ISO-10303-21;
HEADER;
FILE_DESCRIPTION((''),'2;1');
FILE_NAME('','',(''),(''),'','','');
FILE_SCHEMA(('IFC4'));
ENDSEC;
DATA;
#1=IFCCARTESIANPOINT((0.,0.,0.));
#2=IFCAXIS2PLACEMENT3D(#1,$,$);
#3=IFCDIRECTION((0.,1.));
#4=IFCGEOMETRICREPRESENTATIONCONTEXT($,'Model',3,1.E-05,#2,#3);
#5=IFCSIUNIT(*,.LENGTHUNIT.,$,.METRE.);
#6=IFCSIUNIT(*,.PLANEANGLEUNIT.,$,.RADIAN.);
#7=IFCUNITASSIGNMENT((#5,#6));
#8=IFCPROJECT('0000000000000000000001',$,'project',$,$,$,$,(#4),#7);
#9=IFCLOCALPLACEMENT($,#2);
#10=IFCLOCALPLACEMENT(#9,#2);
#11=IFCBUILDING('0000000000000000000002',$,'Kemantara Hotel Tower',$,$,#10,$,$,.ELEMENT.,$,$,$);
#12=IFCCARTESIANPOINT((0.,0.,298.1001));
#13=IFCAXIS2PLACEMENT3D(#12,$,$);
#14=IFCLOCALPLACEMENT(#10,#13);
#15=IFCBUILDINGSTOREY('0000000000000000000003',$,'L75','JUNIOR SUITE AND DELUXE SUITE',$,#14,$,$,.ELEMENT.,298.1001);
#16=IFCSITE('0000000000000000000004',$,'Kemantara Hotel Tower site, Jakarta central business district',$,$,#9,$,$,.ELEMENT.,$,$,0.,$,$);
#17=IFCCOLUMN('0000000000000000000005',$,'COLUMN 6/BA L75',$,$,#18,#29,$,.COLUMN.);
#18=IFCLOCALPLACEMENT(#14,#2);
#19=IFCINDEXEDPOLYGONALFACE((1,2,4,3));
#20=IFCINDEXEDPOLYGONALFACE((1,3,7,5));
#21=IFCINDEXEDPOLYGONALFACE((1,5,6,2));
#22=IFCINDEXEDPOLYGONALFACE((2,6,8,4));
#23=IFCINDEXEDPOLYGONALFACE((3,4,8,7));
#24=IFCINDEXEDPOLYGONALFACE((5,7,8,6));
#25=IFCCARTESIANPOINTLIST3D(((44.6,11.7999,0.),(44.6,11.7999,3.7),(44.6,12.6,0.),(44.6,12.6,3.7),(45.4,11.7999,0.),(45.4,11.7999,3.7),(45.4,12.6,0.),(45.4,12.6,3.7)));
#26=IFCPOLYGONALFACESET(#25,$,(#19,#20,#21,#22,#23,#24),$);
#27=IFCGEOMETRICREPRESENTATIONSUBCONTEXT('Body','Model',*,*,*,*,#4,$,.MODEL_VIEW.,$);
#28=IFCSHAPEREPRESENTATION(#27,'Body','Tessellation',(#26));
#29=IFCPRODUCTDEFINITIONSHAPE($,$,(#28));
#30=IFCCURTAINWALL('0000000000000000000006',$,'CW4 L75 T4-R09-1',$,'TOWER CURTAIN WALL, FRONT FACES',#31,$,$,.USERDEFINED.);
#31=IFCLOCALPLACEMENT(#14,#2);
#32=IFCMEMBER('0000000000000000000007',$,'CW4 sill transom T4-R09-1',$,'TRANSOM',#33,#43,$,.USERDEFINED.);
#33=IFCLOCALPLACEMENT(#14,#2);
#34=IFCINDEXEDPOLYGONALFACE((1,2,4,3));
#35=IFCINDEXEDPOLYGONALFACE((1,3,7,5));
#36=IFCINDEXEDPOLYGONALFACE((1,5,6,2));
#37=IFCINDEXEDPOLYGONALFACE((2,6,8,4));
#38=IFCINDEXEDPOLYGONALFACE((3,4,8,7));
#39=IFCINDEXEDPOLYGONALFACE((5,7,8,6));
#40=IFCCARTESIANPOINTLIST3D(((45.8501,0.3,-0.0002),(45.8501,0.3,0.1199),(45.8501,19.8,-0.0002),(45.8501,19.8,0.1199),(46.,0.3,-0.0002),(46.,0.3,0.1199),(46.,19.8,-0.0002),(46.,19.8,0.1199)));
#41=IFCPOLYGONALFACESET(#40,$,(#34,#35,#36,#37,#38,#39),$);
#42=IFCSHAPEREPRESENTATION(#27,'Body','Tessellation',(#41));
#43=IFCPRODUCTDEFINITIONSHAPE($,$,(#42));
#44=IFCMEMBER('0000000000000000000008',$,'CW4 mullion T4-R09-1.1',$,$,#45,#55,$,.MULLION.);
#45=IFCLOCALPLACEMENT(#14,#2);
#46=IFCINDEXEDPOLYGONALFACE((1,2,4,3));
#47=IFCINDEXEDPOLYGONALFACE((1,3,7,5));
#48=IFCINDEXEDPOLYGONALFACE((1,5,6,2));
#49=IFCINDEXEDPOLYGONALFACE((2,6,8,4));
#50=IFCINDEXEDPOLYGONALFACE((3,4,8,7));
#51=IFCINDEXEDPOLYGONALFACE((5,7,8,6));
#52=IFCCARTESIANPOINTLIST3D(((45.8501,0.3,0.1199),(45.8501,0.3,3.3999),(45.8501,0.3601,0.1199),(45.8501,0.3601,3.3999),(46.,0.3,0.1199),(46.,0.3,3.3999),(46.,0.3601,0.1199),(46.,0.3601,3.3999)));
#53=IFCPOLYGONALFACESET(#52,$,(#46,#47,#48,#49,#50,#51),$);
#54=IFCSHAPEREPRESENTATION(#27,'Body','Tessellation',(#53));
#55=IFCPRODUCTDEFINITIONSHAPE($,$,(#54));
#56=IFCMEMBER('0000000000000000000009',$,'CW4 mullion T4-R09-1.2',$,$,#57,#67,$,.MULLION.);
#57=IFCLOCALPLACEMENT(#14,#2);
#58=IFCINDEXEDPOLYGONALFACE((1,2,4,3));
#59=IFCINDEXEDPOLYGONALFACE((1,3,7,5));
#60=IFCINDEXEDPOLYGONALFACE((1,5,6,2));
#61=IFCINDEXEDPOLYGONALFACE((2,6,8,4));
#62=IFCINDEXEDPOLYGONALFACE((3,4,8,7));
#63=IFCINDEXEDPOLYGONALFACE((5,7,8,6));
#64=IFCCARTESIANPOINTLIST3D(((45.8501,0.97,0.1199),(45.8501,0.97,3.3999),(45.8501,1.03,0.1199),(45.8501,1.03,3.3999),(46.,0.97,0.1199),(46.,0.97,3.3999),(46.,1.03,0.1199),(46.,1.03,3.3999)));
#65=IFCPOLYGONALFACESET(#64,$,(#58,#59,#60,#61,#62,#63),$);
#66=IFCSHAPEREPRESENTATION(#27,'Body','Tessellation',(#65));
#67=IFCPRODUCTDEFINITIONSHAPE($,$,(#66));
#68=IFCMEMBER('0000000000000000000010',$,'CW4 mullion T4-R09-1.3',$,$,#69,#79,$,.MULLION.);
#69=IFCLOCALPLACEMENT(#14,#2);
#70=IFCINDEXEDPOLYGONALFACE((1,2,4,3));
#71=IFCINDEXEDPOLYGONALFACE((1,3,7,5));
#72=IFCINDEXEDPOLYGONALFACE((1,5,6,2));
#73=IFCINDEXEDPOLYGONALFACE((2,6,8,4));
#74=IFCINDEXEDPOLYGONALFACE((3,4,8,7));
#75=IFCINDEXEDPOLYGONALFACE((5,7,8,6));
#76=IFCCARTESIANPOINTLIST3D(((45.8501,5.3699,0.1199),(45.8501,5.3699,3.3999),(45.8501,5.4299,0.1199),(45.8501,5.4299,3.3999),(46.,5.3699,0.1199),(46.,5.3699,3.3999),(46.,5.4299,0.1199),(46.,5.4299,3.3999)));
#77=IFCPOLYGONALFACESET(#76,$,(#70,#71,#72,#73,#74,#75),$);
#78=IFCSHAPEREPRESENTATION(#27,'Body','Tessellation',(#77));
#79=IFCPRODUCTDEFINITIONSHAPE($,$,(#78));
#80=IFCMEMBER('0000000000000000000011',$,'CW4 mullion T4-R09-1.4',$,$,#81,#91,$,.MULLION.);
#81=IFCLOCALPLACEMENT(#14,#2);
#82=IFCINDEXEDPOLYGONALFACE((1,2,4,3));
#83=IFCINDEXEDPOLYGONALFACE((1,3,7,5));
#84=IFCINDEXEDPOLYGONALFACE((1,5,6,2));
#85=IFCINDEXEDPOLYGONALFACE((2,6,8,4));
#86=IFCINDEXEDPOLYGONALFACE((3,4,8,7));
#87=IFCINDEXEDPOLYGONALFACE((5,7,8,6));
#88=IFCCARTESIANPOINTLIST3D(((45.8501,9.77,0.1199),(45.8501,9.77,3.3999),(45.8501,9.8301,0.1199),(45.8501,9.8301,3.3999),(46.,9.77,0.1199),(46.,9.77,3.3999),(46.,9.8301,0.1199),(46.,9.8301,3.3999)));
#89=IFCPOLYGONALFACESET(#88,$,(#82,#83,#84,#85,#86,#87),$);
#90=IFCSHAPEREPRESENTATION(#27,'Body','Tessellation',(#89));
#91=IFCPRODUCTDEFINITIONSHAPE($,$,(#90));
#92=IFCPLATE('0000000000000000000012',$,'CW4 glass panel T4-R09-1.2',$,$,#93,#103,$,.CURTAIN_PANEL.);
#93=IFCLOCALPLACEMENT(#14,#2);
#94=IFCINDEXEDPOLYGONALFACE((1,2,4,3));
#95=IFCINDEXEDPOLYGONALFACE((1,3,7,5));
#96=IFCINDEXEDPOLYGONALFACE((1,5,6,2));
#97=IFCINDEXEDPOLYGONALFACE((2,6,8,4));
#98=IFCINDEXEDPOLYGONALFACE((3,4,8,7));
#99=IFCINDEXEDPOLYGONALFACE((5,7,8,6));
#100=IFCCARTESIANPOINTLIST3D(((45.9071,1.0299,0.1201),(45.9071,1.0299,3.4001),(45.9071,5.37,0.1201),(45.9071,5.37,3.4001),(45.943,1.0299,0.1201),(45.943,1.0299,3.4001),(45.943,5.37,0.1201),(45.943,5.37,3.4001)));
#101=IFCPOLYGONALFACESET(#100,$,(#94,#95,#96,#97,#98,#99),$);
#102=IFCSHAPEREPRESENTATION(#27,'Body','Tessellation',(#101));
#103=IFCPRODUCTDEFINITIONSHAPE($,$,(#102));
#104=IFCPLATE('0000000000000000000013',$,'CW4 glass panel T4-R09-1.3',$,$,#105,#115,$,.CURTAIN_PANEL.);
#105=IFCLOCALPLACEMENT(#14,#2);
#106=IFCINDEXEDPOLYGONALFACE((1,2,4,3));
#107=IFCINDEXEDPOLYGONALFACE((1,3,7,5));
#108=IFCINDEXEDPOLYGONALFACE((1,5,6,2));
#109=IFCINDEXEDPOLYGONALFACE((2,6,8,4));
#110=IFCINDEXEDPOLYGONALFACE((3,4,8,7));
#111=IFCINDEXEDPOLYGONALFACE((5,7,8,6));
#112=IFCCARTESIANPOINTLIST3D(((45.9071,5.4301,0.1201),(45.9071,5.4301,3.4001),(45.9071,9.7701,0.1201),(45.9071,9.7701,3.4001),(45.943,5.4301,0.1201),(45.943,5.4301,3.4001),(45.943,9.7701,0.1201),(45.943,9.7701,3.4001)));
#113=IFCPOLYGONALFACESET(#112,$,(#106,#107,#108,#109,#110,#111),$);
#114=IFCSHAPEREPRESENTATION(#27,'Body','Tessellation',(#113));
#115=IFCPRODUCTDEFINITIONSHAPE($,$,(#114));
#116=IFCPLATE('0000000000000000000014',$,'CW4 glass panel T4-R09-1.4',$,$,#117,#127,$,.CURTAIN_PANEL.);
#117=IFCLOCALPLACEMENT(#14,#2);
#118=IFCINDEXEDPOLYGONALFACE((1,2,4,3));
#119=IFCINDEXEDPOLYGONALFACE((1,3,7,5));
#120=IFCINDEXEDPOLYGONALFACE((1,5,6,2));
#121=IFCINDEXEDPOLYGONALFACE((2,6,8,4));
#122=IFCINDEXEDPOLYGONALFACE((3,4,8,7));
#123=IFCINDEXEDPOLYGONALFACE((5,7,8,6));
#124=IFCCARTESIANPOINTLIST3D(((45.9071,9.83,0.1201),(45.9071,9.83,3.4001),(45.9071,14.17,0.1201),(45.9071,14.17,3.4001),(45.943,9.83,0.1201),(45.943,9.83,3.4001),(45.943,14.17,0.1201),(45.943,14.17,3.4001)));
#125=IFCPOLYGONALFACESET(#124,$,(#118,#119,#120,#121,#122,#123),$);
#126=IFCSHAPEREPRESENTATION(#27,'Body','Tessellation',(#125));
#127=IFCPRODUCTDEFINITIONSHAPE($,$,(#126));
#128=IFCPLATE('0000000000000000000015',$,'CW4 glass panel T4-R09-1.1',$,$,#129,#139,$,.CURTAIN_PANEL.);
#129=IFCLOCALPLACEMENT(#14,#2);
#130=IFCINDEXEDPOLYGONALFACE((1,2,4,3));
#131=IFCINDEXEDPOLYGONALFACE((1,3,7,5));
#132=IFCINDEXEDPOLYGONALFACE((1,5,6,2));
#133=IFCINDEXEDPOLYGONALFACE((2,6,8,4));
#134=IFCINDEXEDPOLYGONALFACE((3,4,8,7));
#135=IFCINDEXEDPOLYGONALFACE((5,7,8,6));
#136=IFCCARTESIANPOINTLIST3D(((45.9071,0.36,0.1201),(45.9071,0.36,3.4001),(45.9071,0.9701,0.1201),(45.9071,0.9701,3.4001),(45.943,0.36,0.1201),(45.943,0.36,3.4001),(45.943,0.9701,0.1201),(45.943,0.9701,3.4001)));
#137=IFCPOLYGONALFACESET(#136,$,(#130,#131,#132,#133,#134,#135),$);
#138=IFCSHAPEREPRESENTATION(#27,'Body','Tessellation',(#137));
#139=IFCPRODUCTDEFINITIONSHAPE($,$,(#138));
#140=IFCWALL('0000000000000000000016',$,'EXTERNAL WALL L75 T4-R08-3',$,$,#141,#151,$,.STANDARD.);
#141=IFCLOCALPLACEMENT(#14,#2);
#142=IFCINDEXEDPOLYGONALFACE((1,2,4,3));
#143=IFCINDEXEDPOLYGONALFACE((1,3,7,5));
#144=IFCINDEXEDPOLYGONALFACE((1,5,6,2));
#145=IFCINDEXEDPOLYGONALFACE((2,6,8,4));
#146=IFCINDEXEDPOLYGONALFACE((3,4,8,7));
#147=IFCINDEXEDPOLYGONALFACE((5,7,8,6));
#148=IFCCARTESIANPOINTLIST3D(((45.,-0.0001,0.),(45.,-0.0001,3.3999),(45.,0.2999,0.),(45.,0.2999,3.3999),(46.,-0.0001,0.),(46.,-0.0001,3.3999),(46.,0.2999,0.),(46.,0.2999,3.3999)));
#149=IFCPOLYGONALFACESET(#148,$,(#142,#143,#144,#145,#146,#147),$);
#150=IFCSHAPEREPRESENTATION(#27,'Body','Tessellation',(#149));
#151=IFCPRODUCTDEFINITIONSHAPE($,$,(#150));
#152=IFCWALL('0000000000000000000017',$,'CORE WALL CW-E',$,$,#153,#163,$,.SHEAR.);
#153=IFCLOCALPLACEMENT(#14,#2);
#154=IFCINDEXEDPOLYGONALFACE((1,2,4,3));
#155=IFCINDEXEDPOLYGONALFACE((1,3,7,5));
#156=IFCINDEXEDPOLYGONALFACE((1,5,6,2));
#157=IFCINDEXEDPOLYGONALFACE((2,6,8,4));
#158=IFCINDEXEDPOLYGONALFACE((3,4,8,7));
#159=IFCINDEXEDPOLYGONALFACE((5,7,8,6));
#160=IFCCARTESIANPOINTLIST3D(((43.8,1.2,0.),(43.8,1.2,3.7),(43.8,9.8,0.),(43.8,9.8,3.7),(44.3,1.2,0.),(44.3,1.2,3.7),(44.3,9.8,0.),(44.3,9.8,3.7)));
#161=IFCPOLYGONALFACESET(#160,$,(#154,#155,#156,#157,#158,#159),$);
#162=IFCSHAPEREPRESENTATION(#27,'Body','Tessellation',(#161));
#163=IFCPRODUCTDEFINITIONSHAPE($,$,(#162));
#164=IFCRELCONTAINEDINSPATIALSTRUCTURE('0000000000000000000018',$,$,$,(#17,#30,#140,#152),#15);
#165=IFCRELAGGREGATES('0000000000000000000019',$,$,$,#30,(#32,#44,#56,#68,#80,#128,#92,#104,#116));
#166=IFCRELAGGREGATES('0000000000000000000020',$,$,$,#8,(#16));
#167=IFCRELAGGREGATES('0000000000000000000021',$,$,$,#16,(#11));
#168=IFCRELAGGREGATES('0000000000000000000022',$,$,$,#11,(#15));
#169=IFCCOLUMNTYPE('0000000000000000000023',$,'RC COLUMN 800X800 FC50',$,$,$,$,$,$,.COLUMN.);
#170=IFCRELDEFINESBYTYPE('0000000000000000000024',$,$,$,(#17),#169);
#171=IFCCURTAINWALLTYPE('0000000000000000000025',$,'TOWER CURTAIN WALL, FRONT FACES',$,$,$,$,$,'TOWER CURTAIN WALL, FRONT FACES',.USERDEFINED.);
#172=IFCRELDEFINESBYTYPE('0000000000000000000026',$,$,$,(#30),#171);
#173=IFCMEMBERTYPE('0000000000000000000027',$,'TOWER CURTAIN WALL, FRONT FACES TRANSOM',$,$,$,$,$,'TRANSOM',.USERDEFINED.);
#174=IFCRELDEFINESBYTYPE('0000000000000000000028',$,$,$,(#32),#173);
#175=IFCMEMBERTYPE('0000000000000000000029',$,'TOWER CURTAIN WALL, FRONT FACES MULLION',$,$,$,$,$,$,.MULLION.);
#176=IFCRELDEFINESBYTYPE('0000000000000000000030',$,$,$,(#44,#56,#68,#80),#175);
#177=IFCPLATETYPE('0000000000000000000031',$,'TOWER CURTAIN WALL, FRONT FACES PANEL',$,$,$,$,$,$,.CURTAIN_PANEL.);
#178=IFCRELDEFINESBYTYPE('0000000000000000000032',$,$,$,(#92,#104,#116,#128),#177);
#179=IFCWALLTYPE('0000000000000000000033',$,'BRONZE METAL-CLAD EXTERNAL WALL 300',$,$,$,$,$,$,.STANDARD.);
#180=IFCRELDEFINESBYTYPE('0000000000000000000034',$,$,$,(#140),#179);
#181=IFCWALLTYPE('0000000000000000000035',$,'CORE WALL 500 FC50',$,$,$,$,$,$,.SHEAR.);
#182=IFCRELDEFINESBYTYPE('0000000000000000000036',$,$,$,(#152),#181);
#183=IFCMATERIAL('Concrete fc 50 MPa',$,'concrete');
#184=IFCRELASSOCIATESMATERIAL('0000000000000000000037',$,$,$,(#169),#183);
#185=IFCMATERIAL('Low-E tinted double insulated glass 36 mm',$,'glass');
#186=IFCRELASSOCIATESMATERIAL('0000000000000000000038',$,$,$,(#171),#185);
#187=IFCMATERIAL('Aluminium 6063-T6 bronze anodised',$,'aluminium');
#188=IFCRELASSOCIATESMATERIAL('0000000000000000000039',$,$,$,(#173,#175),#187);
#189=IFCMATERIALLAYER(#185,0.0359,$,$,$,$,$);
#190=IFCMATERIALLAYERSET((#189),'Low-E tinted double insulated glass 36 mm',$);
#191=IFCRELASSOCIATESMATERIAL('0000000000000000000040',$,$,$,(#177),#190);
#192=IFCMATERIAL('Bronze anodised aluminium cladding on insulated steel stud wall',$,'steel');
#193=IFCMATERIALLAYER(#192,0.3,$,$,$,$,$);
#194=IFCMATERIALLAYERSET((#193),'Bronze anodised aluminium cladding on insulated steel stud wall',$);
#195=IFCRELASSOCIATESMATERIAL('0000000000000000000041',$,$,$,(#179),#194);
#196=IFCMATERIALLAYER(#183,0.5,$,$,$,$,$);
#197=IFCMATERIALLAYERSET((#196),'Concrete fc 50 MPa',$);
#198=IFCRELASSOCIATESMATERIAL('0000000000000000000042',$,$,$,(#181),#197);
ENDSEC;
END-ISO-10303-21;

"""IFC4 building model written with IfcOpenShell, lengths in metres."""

from ifc_helpers import new_model, si_unit, direction, frame, frame_2d, origin, origin_2d, place, context, subcontext, project, spatial, rectangle, extrude, source, transform, mapped, material, layer, layer_set, material_profile, profile_set, type_object, element, aggregate, save


model = new_model("IFC4")

# Units and contexts
model_context = context("Model", 3, precision=1e-05, world=origin(), true_north=direction((0.0, 1.0)))
body_context = subcontext(model_context, "Body", "Model", "MODEL_VIEW")
ifc_project = project(units=[si_unit("LENGTHUNIT", "METRE"), si_unit("PLANEANGLEUNIT", "RADIAN")], contexts=[model_context])

# Site, building, storey
site_placement = place(None, origin())
site = spatial("IfcSite", under=ifc_project, at=site_placement, Name="Kemantara Hotel Tower site, Jakarta central business district", CompositionType="ELEMENT", RefElevation=0.0)
building_placement = place(site_placement, origin())
building = spatial("IfcBuilding", under=site, at=building_placement, Name="Kemantara Hotel Tower", CompositionType="ELEMENT")
storey_placement = place(building_placement, frame((0.0, 0.0, 298.1001)))
storey = spatial("IfcBuildingStorey", under=building, at=storey_placement, Name="L75", Description="JUNIOR SUITE AND DELUXE SUITE", CompositionType="ELEMENT", Elevation=298.1001)

# Column
ifc_material_1 = material(Name="Concrete fc 50 MPa", Category="concrete")
ifc_material_profile_1 = material_profile(ifc_material_1, rectangle(XDim=0.8, YDim=0.8, at=origin_2d()), Name="RC 800X800")
ifc_profile_set_1 = profile_set([ifc_material_profile_1], Name="Concrete fc 50 MPa")
column_type = type_object("IfcColumnType", Name="RC COLUMN 800X800 FC50", PredefinedType="COLUMN", material=ifc_profile_set_1)
column_placement = place(storey_placement, frame((45.0, 12.2, 0.0), z_axis=(0.0, 0.0, 1.0), x_axis=(1.0, 0.0, 0.0)))
element("IfcColumn", 1, at=column_placement, inside=storey, type_object=column_type, Name="COLUMN 6/BA L75", PredefinedType="COLUMN", context=body_context, shape_type="SweptSolid", body=[
    extrude(rectangle(XDim=0.8, YDim=0.8, at=origin_2d()), origin(), (0.0, 0.0, 1.0), 3.7),
])

# Curtain wall, members, plates
ifc_material_2 = material(Name="Low-E tinted double insulated glass 36 mm", Category="glass")
curtain_wall_type = type_object("IfcCurtainWallType", Name="TOWER CURTAIN WALL, FRONT FACES", ElementType="TOWER CURTAIN WALL, FRONT FACES", PredefinedType="USERDEFINED", material=ifc_material_2)
curtain_wall_placement = place(storey_placement, origin())
curtain_wall = element("IfcCurtainWall", 2, at=curtain_wall_placement, inside=storey, type_object=curtain_wall_type, Name="CW4 L75 T4-R09-1", ObjectType="TOWER CURTAIN WALL, FRONT FACES", PredefinedType="USERDEFINED")
ifc_material_3 = material(Name="Aluminium 6063-T6 bronze anodised", Category="aluminium")
ifc_material_profile_2 = material_profile(ifc_material_3, rectangle(XDim=0.1499, YDim=0.1201, at=origin_2d()), Name="TOWER CURTAIN WALL, FRONT FACES TRANSOM")
ifc_profile_set_2 = profile_set([ifc_material_profile_2], Name="Aluminium 6063-T6 bronze anodised")
member_type_1 = type_object("IfcMemberType", Name="TOWER CURTAIN WALL, FRONT FACES TRANSOM", ElementType="TRANSOM", PredefinedType="USERDEFINED", material=ifc_profile_set_2)
member_1_placement = place(storey_placement, frame((45.925, 0.3, 0.0598), z_axis=(0.0, 1.0, 0.0), x_axis=(-1.0, 0.0, 0.0)))
member_1 = element("IfcMember", 3, at=member_1_placement, type_object=member_type_1, Name="CW4 sill transom T4-R09-1", ObjectType="TRANSOM", PredefinedType="USERDEFINED", context=body_context, shape_type="SweptSolid", body=[
    extrude(rectangle(XDim=0.1499, YDim=0.1201, at=origin_2d()), origin(), (0.0, 0.0, 1.0), 19.5),
])
ifc_material_profile_3 = material_profile(ifc_material_3, rectangle(XDim=0.1499, YDim=0.0601, at=origin_2d()), Name="TOWER CURTAIN WALL, FRONT FACES MULLION")
ifc_profile_set_3 = profile_set([ifc_material_profile_3], Name="Aluminium 6063-T6 bronze anodised")
member_type_2 = type_object("IfcMemberType", Name="TOWER CURTAIN WALL, FRONT FACES MULLION", PredefinedType="MULLION", material=ifc_profile_set_3)
shared_shape_1 = source(origin(), body_context, "Body", "SweptSolid", [
    extrude(rectangle(XDim=0.1499, YDim=0.0601, at=origin_2d()), origin(), (0.0, 0.0, 1.0), 3.28),
])
member_2_placement = place(storey_placement, frame((45.925, 0.3301, 0.1199), z_axis=(0.0, 0.0, 1.0), x_axis=(-1.0, 0.0, 0.0)))
member_2 = element("IfcMember", 4, at=member_2_placement, type_object=member_type_2, Name="CW4 mullion T4-R09-1.1", PredefinedType="MULLION", context=body_context, shape_type="MappedRepresentation", body=[
    mapped(shared_shape_1, transform((0.0, 0.0, 0.0))),
])
member_3_placement = place(storey_placement, frame((45.925, 1.0, 0.1199), z_axis=(0.0, 0.0, 1.0), x_axis=(-1.0, 0.0, 0.0)))
member_3 = element("IfcMember", 5, at=member_3_placement, type_object=member_type_2, Name="CW4 mullion T4-R09-1.2", PredefinedType="MULLION", context=body_context, shape_type="MappedRepresentation", body=[
    mapped(shared_shape_1, transform((0.0, 0.0, 0.0))),
])
member_4_placement = place(storey_placement, frame((45.925, 5.3999, 0.1199), z_axis=(0.0, 0.0, 1.0), x_axis=(-1.0, 0.0, 0.0)))
member_4 = element("IfcMember", 6, at=member_4_placement, type_object=member_type_2, Name="CW4 mullion T4-R09-1.3", PredefinedType="MULLION", context=body_context, shape_type="MappedRepresentation", body=[
    mapped(shared_shape_1, transform((0.0, 0.0, 0.0))),
])
member_5_placement = place(storey_placement, frame((45.925, 9.8, 0.1199), z_axis=(0.0, 0.0, 1.0), x_axis=(-1.0, 0.0, 0.0)))
member_5 = element("IfcMember", 7, at=member_5_placement, type_object=member_type_2, Name="CW4 mullion T4-R09-1.4", PredefinedType="MULLION", context=body_context, shape_type="MappedRepresentation", body=[
    mapped(shared_shape_1, transform((0.0, 0.0, 0.0))),
])
ifc_layer_1 = layer(ifc_material_2, 0.0359)
ifc_layer_set_1 = layer_set([ifc_layer_1], Name="Low-E tinted double insulated glass 36 mm")
plate_type = type_object("IfcPlateType", Name="TOWER CURTAIN WALL, FRONT FACES PANEL", PredefinedType="CURTAIN_PANEL", material=ifc_layer_set_1)
shared_shape_2 = source(origin(), body_context, "Body", "SweptSolid", [
    extrude(rectangle(XDim=4.3401, YDim=0.0359, at=origin_2d()), origin(), (0.0, 0.0, 1.0), 3.28),
])
plate_1_placement = place(storey_placement, frame((45.925, 3.2, 0.1201), z_axis=(0.0, 0.0, 1.0), x_axis=(0.0, 1.0, 0.0)))
plate_1 = element("IfcPlate", 8, at=plate_1_placement, type_object=plate_type, Name="CW4 glass panel T4-R09-1.2", PredefinedType="CURTAIN_PANEL", context=body_context, shape_type="MappedRepresentation", body=[
    mapped(shared_shape_2, transform((0.0, 0.0, 0.0))),
])
plate_2_placement = place(storey_placement, frame((45.925, 7.6001, 0.1201), z_axis=(0.0, 0.0, 1.0), x_axis=(0.0, 1.0, 0.0)))
plate_2 = element("IfcPlate", 9, at=plate_2_placement, type_object=plate_type, Name="CW4 glass panel T4-R09-1.3", PredefinedType="CURTAIN_PANEL", context=body_context, shape_type="MappedRepresentation", body=[
    mapped(shared_shape_2, transform((0.0, 0.0, 0.0))),
])
plate_3_placement = place(storey_placement, frame((45.925, 12.0, 0.1201), z_axis=(0.0, 0.0, 1.0), x_axis=(0.0, 1.0, 0.0)))
plate_3 = element("IfcPlate", 10, at=plate_3_placement, type_object=plate_type, Name="CW4 glass panel T4-R09-1.4", PredefinedType="CURTAIN_PANEL", context=body_context, shape_type="MappedRepresentation", body=[
    mapped(shared_shape_2, transform((0.0, 0.0, 0.0))),
])
shared_shape_3 = source(origin(), body_context, "Body", "SweptSolid", [
    extrude(rectangle(XDim=0.6101, YDim=0.0359, at=origin_2d()), origin(), (0.0, 0.0, 1.0), 3.28),
])
plate_4_placement = place(storey_placement, frame((45.925, 0.665, 0.1201), z_axis=(0.0, 0.0, 1.0), x_axis=(0.0, 1.0, 0.0)))
plate_4 = element("IfcPlate", 11, at=plate_4_placement, type_object=plate_type, Name="CW4 glass panel T4-R09-1.1", PredefinedType="CURTAIN_PANEL", context=body_context, shape_type="MappedRepresentation", body=[
    mapped(shared_shape_3, transform((0.0, 0.0, 0.0))),
])
aggregate(curtain_wall, [member_1, member_2, member_3, member_4, member_5, plate_4, plate_1, plate_2, plate_3])

# Walls
ifc_material_4 = material(Name="Bronze anodised aluminium cladding on insulated steel stud wall", Category="steel")
ifc_layer_2 = layer(ifc_material_4, 0.3)
ifc_layer_set_2 = layer_set([ifc_layer_2], Name="Bronze anodised aluminium cladding on insulated steel stud wall")
wall_type_1 = type_object("IfcWallType", Name="BRONZE METAL-CLAD EXTERNAL WALL 300", PredefinedType="STANDARD", material=ifc_layer_set_2)
wall_1_placement = place(storey_placement, frame((45.0, 0.1499, 0.0), z_axis=(0.0, 0.0, 1.0), x_axis=(1.0, 0.0, 0.0)))
element("IfcWall", 12, at=wall_1_placement, inside=storey, type_object=wall_type_1, Name="EXTERNAL WALL L75 T4-R08-3", PredefinedType="STANDARD", context=body_context, shape_type="SweptSolid", body=[
    extrude(rectangle(XDim=1.0, YDim=0.3, at=frame_2d((0.5, 0.0))), origin(), (0.0, 0.0, 1.0), 3.3999),
])
ifc_layer_3 = layer(ifc_material_1, 0.5)
ifc_layer_set_3 = layer_set([ifc_layer_3], Name="Concrete fc 50 MPa")
wall_type_2 = type_object("IfcWallType", Name="CORE WALL 500 FC50", PredefinedType="SHEAR", material=ifc_layer_set_3)
wall_2_placement = place(storey_placement, frame((44.05, 1.2, 0.0), z_axis=(0.0, 0.0, 1.0), x_axis=(0.0, 1.0, 0.0)))
element("IfcWall", 13, at=wall_2_placement, inside=storey, type_object=wall_type_2, Name="CORE WALL CW-E", PredefinedType="SHEAR", context=body_context, shape_type="SweptSolid", body=[
    extrude(rectangle(XDim=8.6001, YDim=0.5, at=frame_2d((4.3, 0.0))), origin(), (0.0, 0.0, 1.0), 3.7),
])

save(model, "model.ifc")
